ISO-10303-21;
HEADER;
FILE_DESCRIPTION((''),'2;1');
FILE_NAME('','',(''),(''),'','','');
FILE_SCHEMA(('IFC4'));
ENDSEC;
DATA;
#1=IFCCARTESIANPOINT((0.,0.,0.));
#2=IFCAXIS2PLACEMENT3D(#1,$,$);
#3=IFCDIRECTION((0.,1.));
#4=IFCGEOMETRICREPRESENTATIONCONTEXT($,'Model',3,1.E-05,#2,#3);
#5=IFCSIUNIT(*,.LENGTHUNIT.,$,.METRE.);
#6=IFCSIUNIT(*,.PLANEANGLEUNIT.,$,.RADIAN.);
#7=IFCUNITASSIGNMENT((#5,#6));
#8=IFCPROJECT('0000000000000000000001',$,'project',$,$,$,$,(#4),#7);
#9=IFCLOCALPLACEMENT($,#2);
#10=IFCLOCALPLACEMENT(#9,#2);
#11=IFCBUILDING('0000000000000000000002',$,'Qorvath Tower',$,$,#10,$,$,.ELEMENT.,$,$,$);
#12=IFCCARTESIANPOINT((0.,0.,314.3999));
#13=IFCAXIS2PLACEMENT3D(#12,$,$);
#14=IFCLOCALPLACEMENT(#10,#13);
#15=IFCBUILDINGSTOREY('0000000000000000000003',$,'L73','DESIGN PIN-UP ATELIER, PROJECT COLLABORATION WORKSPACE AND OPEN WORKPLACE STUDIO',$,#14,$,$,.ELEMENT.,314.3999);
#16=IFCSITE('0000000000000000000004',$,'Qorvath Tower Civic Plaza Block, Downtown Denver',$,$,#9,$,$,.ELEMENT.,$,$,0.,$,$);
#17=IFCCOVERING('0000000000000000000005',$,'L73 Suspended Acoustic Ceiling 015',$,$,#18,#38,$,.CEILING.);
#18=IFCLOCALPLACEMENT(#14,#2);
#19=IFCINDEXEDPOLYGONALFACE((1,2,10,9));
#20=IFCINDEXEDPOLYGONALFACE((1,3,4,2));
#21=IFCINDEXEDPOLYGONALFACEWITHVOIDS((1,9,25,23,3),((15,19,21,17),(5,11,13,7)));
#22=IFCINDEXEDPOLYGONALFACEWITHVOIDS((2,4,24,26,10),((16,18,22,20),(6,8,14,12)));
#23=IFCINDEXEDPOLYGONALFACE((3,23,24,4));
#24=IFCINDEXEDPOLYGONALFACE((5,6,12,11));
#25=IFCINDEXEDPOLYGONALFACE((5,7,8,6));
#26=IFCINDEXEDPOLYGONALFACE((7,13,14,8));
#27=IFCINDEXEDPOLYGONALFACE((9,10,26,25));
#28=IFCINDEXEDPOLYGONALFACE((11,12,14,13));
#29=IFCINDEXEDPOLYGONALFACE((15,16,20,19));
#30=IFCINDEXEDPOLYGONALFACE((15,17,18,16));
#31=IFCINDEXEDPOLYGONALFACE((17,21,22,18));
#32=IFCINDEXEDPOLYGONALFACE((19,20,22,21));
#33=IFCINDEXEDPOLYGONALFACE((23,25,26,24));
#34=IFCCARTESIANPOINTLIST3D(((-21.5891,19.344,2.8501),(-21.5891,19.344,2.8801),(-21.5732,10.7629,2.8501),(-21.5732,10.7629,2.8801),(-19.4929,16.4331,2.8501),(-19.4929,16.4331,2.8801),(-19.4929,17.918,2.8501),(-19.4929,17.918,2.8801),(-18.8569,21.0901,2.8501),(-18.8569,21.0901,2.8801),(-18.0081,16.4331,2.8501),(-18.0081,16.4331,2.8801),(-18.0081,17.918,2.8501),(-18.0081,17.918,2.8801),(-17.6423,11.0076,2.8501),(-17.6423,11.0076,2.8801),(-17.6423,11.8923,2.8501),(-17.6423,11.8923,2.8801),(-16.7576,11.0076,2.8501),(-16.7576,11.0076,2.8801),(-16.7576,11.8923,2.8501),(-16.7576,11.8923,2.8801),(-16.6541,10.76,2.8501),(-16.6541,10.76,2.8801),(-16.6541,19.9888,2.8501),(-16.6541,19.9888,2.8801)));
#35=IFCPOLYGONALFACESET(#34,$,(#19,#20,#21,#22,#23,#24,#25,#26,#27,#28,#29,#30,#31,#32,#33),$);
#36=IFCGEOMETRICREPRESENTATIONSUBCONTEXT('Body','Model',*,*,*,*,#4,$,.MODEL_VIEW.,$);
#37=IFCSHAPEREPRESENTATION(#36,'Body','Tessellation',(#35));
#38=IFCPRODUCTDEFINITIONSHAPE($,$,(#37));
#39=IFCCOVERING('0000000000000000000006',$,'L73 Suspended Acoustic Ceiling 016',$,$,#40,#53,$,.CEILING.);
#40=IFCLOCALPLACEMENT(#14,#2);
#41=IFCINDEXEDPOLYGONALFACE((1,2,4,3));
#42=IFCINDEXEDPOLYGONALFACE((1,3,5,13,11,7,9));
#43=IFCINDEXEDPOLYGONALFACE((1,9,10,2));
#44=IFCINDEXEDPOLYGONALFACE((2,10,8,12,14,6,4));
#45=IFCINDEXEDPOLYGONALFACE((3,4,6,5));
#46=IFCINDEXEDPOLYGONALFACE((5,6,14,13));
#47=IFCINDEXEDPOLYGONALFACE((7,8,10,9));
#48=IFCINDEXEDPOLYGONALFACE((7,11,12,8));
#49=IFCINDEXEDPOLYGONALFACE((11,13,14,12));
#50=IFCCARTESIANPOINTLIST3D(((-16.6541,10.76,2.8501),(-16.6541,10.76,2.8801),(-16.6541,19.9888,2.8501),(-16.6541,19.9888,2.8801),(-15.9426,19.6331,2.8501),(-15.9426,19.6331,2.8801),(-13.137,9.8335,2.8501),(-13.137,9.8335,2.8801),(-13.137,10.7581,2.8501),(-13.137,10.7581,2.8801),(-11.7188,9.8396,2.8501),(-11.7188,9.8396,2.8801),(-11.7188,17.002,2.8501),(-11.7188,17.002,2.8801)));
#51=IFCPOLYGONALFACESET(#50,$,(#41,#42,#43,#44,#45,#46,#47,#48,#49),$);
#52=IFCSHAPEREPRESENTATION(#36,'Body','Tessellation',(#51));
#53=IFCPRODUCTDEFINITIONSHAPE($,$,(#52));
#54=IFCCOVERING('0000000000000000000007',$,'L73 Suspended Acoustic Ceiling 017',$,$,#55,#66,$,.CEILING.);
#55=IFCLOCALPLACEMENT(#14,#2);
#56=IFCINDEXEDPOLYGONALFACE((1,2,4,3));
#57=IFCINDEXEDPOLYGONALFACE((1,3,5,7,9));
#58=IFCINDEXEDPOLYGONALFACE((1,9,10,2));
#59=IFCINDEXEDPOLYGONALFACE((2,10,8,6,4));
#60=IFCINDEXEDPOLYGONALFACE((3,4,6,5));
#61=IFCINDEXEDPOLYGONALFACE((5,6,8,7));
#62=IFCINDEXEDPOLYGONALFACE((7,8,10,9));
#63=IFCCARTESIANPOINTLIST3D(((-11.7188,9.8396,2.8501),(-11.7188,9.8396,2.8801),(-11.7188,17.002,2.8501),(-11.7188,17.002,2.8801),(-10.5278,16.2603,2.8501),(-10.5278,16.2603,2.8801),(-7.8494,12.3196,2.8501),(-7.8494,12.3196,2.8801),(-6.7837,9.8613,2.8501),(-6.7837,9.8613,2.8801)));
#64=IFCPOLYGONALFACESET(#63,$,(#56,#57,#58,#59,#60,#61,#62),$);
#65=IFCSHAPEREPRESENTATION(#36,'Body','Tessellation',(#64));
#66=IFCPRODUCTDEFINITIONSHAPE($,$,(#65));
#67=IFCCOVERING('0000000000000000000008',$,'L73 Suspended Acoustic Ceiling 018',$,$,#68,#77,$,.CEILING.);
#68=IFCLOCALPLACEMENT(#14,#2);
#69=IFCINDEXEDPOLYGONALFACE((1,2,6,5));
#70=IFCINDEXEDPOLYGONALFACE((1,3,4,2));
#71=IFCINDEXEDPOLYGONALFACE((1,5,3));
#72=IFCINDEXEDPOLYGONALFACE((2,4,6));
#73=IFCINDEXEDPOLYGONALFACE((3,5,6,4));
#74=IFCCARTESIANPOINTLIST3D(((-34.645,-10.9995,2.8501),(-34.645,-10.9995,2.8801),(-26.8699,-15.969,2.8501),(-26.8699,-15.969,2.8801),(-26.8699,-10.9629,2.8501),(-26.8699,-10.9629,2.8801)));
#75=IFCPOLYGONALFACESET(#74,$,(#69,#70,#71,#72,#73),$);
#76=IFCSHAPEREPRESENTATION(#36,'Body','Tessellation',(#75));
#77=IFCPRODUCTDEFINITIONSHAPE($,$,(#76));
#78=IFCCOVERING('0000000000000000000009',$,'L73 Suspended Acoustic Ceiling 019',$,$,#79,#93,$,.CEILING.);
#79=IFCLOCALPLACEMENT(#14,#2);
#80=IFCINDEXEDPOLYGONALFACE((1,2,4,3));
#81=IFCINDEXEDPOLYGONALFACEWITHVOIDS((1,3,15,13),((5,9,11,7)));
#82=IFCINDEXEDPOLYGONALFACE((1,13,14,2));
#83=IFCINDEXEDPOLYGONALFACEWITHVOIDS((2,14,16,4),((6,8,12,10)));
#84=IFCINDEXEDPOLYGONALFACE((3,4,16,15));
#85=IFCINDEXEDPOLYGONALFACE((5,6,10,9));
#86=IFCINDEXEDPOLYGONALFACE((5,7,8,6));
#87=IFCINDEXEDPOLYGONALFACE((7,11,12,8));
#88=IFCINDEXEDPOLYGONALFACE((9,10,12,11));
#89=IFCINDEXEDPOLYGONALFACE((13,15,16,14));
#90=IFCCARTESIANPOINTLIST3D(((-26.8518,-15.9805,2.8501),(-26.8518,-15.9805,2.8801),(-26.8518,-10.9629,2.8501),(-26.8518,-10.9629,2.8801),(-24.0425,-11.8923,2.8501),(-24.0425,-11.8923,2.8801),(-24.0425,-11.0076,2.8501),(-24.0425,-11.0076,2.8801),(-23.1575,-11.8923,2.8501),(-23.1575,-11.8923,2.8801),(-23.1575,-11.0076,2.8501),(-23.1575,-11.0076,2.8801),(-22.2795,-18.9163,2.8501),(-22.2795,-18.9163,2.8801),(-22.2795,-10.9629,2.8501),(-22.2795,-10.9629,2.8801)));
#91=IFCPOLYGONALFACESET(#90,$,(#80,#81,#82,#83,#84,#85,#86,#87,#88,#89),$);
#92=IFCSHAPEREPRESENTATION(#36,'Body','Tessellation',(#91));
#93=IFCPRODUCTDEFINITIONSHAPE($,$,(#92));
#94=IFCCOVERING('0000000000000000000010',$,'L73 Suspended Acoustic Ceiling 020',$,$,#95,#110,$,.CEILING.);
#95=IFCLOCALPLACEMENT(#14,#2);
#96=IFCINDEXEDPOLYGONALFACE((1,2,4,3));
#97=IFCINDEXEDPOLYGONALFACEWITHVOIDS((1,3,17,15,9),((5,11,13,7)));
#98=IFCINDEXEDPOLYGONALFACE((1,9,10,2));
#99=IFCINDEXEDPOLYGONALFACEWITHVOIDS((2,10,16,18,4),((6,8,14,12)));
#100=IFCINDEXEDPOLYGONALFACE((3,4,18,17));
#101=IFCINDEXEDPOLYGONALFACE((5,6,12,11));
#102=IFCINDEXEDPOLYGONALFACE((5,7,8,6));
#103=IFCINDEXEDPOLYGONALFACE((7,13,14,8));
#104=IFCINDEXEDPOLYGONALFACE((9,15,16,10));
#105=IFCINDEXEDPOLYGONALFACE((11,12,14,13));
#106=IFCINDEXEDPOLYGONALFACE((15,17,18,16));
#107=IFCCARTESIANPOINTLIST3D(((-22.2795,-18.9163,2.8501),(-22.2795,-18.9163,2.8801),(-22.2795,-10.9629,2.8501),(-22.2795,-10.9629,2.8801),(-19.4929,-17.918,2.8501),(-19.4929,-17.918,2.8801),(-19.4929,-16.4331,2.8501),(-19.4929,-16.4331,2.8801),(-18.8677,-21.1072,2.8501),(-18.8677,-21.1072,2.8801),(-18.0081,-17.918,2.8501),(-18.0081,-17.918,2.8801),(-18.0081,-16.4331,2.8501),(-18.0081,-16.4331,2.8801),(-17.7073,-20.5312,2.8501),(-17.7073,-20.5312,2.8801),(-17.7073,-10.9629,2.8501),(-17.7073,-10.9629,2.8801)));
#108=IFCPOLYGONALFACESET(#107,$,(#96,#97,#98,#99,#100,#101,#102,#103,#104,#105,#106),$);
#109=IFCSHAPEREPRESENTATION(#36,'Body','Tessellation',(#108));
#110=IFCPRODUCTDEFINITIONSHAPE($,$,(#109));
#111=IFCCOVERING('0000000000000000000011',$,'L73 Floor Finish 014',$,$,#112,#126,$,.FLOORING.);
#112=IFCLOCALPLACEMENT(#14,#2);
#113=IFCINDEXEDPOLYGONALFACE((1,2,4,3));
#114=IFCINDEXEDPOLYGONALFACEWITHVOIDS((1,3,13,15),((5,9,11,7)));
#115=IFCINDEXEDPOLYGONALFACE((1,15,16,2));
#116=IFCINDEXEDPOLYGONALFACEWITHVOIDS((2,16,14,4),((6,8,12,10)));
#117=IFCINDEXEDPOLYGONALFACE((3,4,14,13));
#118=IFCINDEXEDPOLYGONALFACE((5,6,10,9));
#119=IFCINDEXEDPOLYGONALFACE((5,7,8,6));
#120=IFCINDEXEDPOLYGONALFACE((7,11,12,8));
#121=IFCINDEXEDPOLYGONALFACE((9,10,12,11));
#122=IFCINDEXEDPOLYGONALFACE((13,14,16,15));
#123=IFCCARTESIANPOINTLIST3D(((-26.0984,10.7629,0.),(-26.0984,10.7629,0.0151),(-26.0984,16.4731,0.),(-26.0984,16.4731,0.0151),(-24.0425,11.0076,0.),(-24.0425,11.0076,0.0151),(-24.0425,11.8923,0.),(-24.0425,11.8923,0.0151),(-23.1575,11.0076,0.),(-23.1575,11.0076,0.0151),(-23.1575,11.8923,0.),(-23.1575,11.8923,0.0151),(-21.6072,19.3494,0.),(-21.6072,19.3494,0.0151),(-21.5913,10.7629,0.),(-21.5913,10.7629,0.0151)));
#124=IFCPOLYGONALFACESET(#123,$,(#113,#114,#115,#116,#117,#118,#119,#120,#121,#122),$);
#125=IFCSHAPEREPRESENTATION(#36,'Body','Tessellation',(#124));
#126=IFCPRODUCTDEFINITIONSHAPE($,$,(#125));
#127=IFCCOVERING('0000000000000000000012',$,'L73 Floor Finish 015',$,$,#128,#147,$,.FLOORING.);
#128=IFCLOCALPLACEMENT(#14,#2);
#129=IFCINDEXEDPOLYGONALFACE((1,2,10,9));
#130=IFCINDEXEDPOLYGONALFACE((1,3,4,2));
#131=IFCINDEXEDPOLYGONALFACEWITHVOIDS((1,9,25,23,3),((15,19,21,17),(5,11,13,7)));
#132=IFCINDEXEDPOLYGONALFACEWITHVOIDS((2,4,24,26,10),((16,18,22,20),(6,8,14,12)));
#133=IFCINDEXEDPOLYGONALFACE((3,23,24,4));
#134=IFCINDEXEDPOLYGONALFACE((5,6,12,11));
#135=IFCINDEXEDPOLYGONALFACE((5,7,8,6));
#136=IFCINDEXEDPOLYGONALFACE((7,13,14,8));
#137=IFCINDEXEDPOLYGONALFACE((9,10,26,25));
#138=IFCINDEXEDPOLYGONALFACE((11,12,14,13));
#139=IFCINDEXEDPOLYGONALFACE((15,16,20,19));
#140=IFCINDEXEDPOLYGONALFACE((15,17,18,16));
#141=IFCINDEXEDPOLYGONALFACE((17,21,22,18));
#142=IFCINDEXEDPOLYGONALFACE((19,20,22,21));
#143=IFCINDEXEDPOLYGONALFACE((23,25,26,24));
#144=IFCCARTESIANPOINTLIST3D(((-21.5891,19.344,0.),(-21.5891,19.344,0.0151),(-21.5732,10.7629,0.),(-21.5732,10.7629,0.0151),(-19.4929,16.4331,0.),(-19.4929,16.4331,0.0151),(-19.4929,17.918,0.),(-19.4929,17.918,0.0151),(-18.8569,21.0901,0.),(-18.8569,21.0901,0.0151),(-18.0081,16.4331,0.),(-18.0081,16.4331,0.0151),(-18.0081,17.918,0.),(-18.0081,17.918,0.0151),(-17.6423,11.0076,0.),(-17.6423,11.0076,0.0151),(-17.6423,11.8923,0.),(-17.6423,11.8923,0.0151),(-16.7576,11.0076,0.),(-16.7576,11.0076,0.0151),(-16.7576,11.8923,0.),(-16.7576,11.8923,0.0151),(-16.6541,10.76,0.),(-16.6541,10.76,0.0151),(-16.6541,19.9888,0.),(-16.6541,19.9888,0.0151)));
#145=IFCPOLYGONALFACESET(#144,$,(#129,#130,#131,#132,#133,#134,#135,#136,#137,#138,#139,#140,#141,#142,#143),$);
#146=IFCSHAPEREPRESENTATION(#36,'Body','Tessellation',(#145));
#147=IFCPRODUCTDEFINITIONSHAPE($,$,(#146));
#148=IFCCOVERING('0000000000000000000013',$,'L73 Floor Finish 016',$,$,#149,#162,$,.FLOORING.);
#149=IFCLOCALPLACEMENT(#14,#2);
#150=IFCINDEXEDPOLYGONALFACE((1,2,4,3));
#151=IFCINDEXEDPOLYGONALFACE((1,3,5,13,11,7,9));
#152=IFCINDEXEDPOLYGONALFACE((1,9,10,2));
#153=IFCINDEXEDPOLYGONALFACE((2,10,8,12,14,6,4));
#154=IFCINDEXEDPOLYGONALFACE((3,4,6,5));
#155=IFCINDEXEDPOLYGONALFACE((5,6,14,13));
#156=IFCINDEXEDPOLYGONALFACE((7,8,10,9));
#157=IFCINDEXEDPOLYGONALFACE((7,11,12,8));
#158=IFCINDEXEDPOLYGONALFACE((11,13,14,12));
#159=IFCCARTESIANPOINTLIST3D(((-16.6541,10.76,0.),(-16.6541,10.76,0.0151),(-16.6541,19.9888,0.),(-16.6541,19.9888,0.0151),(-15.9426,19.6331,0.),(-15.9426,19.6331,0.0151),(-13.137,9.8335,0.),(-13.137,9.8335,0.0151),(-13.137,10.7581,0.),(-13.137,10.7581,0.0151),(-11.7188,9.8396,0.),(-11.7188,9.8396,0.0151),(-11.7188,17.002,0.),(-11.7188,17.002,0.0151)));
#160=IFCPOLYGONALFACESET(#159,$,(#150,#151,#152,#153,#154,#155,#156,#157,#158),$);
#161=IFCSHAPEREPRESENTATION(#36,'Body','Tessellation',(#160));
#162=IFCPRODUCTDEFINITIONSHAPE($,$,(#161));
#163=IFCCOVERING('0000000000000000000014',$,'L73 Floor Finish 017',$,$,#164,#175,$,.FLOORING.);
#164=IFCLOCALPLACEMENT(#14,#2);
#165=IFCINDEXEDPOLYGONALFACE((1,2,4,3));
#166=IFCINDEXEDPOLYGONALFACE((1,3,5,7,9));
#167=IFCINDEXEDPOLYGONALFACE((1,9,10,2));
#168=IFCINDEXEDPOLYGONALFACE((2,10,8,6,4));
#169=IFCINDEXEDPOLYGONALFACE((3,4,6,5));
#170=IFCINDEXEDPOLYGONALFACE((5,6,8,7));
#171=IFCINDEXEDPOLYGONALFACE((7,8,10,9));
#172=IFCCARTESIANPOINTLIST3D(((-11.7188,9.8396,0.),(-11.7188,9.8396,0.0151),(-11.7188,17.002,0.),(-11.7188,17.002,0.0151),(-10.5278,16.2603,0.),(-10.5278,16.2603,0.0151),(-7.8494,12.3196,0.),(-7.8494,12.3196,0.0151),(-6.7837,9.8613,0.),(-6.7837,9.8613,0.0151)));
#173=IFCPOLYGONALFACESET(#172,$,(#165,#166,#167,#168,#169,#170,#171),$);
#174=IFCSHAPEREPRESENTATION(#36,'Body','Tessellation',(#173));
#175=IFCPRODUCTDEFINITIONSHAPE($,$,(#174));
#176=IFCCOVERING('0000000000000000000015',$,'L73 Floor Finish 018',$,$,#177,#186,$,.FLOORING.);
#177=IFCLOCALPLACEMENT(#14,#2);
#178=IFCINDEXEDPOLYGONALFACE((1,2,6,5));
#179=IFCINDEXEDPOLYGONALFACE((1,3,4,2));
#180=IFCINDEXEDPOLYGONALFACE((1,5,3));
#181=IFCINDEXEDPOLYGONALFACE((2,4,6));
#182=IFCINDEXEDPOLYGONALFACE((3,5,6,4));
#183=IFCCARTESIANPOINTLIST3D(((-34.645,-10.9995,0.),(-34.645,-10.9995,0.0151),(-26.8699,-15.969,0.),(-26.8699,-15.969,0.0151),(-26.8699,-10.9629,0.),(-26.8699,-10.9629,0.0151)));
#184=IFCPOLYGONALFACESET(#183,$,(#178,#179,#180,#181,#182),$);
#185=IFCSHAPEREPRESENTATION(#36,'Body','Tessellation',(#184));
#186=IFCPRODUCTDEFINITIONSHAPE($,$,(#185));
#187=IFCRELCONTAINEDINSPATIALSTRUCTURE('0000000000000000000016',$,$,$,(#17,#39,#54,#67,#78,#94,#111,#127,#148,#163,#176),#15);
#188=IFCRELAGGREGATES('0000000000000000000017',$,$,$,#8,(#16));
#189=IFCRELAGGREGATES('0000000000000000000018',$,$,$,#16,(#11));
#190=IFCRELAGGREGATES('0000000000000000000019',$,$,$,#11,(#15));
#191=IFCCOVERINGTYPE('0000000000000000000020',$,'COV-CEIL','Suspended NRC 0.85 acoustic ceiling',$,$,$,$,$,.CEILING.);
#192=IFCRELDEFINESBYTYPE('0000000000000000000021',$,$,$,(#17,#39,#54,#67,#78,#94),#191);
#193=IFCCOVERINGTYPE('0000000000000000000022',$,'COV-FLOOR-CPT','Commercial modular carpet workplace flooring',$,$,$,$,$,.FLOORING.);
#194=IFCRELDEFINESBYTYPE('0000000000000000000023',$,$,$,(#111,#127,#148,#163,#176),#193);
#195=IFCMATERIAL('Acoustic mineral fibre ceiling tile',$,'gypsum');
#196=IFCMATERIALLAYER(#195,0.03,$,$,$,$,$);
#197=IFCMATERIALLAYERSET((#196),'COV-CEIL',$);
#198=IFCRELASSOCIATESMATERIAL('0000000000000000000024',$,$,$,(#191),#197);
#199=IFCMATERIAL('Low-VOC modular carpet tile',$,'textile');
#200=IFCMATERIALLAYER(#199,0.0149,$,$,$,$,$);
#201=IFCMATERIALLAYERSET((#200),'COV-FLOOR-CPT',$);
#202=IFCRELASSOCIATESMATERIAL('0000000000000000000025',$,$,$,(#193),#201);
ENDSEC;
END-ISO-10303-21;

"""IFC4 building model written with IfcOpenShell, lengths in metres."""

from ifc_helpers import new_model, si_unit, direction, frame, origin, place, context, subcontext, project, spatial, polyline, outline, extrude, material, layer, layer_set, type_object, element, save


model = new_model("IFC4")

# Units and contexts
model_context = context("Model", 3, precision=1e-05, world=origin(), true_north=direction((0.0, 1.0)))
body_context = subcontext(model_context, "Body", "Model", "MODEL_VIEW")
ifc_project = project(units=[si_unit("LENGTHUNIT", "METRE"), si_unit("PLANEANGLEUNIT", "RADIAN")], contexts=[model_context])

# Site, building, storey
site_placement = place(None, origin())
site = spatial("IfcSite", under=ifc_project, at=site_placement, Name="Qorvath Tower Civic Plaza Block, Downtown Denver", CompositionType="ELEMENT", RefElevation=0.0)
building_placement = place(site_placement, origin())
building = spatial("IfcBuilding", under=site, at=building_placement, Name="Qorvath Tower", CompositionType="ELEMENT")
storey_placement = place(building_placement, frame((0.0, 0.0, 314.3999)))
storey = spatial("IfcBuildingStorey", under=building, at=storey_placement, Name="L73", Description="DESIGN PIN-UP ATELIER, PROJECT COLLABORATION WORKSPACE AND OPEN WORKPLACE STUDIO", CompositionType="ELEMENT", Elevation=314.3999)

# Coverings
ifc_material_1 = material(Name="Acoustic mineral fibre ceiling tile", Category="gypsum")
ifc_layer_1 = layer(ifc_material_1, 0.03)
ifc_layer_set_1 = layer_set([ifc_layer_1], Name="COV-CEIL")
covering_type_1 = type_object("IfcCoveringType", Name="COV-CEIL", Description="Suspended NRC 0.85 acoustic ceiling", PredefinedType="CEILING", material=ifc_layer_set_1)
covering_1_placement = place(storey_placement, frame((0.0, 0.0, 2.8501)))
element("IfcCovering", 1, at=covering_1_placement, inside=storey, type_object=covering_type_1, Name="L73 Suspended Acoustic Ceiling 015", PredefinedType="CEILING", context=body_context, shape_type="SweptSolid", body=[
    extrude(outline(polyline([(-16.6541, 10.76), (-16.6541, 19.9888), (-18.8569, 21.0901), (-21.5891, 19.344), (-21.5732, 10.7629), (-16.6541, 10.76)]), holes=[polyline([(-17.6423, 11.0076), (-17.6423, 11.8923), (-16.7576, 11.8923), (-16.7576, 11.0076), (-17.6423, 11.0076)]), polyline([(-19.4929, 16.4331), (-19.4929, 17.918), (-18.0081, 17.918), (-18.0081, 16.4331), (-19.4929, 16.4331)])]), origin(), (0.0, 0.0, 1.0), 0.03),
])
covering_2_placement = place(storey_placement, frame((0.0, 0.0, 2.8501)))
element("IfcCovering", 2, at=covering_2_placement, inside=storey, type_object=covering_type_1, Name="L73 Suspended Acoustic Ceiling 016", PredefinedType="CEILING", context=body_context, shape_type="SweptSolid", body=[
    extrude(outline(polyline([(-13.137, 10.7581), (-13.137, 9.8335), (-11.7188, 9.8396), (-11.7188, 17.002), (-15.9426, 19.6331), (-16.6541, 19.9888), (-16.6541, 10.76), (-13.137, 10.7581)])), origin(), (0.0, 0.0, 1.0), 0.03),
])
covering_3_placement = place(storey_placement, frame((0.0, 0.0, 2.8501)))
element("IfcCovering", 3, at=covering_3_placement, inside=storey, type_object=covering_type_1, Name="L73 Suspended Acoustic Ceiling 017", PredefinedType="CEILING", context=body_context, shape_type="SweptSolid", body=[
    extrude(outline(polyline([(-11.7188, 17.002), (-11.7188, 9.8396), (-6.7837, 9.8613), (-7.8494, 12.3196), (-10.5278, 16.2603), (-11.7188, 17.002)])), origin(), (0.0, 0.0, 1.0), 0.03),
])
covering_4_placement = place(storey_placement, frame((0.0, 0.0, 2.8501)))
element("IfcCovering", 4, at=covering_4_placement, inside=storey, type_object=covering_type_1, Name="L73 Suspended Acoustic Ceiling 018", PredefinedType="CEILING", context=body_context, shape_type="SweptSolid", body=[
    extrude(outline(polyline([(-26.8699, -15.969), (-26.8699, -10.9629), (-34.645, -10.9995), (-26.8699, -15.969)])), origin(), (0.0, 0.0, 1.0), 0.03),
])
covering_5_placement = place(storey_placement, frame((0.0, 0.0, 2.8501)))
element("IfcCovering", 5, at=covering_5_placement, inside=storey, type_object=covering_type_1, Name="L73 Suspended Acoustic Ceiling 019", PredefinedType="CEILING", context=body_context, shape_type="SweptSolid", body=[
    extrude(outline(polyline([(-22.2795, -18.9163), (-22.2795, -10.9629), (-26.8518, -10.9629), (-26.8518, -15.9805), (-22.2795, -18.9163)]), holes=[polyline([(-24.0425, -11.8923), (-24.0425, -11.0076), (-23.1575, -11.0076), (-23.1575, -11.8923), (-24.0425, -11.8923)])]), origin(), (0.0, 0.0, 1.0), 0.03),
])
covering_6_placement = place(storey_placement, frame((0.0, 0.0, 2.8501)))
element("IfcCovering", 6, at=covering_6_placement, inside=storey, type_object=covering_type_1, Name="L73 Suspended Acoustic Ceiling 020", PredefinedType="CEILING", context=body_context, shape_type="SweptSolid", body=[
    extrude(outline(polyline([(-18.8677, -21.1072), (-17.7073, -20.5312), (-17.7073, -10.9629), (-22.2795, -10.9629), (-22.2795, -18.9163), (-18.8677, -21.1072)]), holes=[polyline([(-19.4929, -17.918), (-19.4929, -16.4331), (-18.0081, -16.4331), (-18.0081, -17.918), (-19.4929, -17.918)])]), origin(), (0.0, 0.0, 1.0), 0.03),
])
ifc_material_2 = material(Name="Low-VOC modular carpet tile", Category="textile")
ifc_layer_2 = layer(ifc_material_2, 0.0149)
ifc_layer_set_2 = layer_set([ifc_layer_2], Name="COV-FLOOR-CPT")
covering_type_2 = type_object("IfcCoveringType", Name="COV-FLOOR-CPT", Description="Commercial modular carpet workplace flooring", PredefinedType="FLOORING", material=ifc_layer_set_2)
covering_7_placement = place(storey_placement, origin())
element("IfcCovering", 7, at=covering_7_placement, inside=storey, type_object=covering_type_2, Name="L73 Floor Finish 014", PredefinedType="FLOORING", context=body_context, shape_type="SweptSolid", body=[
    extrude(outline(polyline([(-21.5913, 10.7629), (-21.6072, 19.3494), (-26.0984, 16.4731), (-26.0984, 10.7629), (-21.5913, 10.7629)]), holes=[polyline([(-24.0425, 11.0076), (-24.0425, 11.8923), (-23.1575, 11.8923), (-23.1575, 11.0076), (-24.0425, 11.0076)])]), origin(), (0.0, 0.0, 1.0), 0.0151),
])
covering_8_placement = place(storey_placement, origin())
element("IfcCovering", 8, at=covering_8_placement, inside=storey, type_object=covering_type_2, Name="L73 Floor Finish 015", PredefinedType="FLOORING", context=body_context, shape_type="SweptSolid", body=[
    extrude(outline(polyline([(-16.6541, 10.76), (-16.6541, 19.9888), (-18.8569, 21.0901), (-21.5891, 19.344), (-21.5732, 10.7629), (-16.6541, 10.76)]), holes=[polyline([(-17.6423, 11.0076), (-17.6423, 11.8923), (-16.7576, 11.8923), (-16.7576, 11.0076), (-17.6423, 11.0076)]), polyline([(-19.4929, 16.4331), (-19.4929, 17.918), (-18.0081, 17.918), (-18.0081, 16.4331), (-19.4929, 16.4331)])]), origin(), (0.0, 0.0, 1.0), 0.0151),
])
covering_9_placement = place(storey_placement, origin())
element("IfcCovering", 9, at=covering_9_placement, inside=storey, type_object=covering_type_2, Name="L73 Floor Finish 016", PredefinedType="FLOORING", context=body_context, shape_type="SweptSolid", body=[
    extrude(outline(polyline([(-13.137, 10.7581), (-13.137, 9.8335), (-11.7188, 9.8396), (-11.7188, 17.002), (-15.9426, 19.6331), (-16.6541, 19.9888), (-16.6541, 10.76), (-13.137, 10.7581)])), origin(), (0.0, 0.0, 1.0), 0.0151),
])
covering_10_placement = place(storey_placement, origin())
element("IfcCovering", 10, at=covering_10_placement, inside=storey, type_object=covering_type_2, Name="L73 Floor Finish 017", PredefinedType="FLOORING", context=body_context, shape_type="SweptSolid", body=[
    extrude(outline(polyline([(-11.7188, 17.002), (-11.7188, 9.8396), (-6.7837, 9.8613), (-7.8494, 12.3196), (-10.5278, 16.2603), (-11.7188, 17.002)])), origin(), (0.0, 0.0, 1.0), 0.0151),
])
covering_11_placement = place(storey_placement, origin())
element("IfcCovering", 11, at=covering_11_placement, inside=storey, type_object=covering_type_2, Name="L73 Floor Finish 018", PredefinedType="FLOORING", context=body_context, shape_type="SweptSolid", body=[
    extrude(outline(polyline([(-26.8699, -15.969), (-26.8699, -10.9629), (-34.645, -10.9995), (-26.8699, -15.969)])), origin(), (0.0, 0.0, 1.0), 0.0151),
])

save(model, "model.ifc")
